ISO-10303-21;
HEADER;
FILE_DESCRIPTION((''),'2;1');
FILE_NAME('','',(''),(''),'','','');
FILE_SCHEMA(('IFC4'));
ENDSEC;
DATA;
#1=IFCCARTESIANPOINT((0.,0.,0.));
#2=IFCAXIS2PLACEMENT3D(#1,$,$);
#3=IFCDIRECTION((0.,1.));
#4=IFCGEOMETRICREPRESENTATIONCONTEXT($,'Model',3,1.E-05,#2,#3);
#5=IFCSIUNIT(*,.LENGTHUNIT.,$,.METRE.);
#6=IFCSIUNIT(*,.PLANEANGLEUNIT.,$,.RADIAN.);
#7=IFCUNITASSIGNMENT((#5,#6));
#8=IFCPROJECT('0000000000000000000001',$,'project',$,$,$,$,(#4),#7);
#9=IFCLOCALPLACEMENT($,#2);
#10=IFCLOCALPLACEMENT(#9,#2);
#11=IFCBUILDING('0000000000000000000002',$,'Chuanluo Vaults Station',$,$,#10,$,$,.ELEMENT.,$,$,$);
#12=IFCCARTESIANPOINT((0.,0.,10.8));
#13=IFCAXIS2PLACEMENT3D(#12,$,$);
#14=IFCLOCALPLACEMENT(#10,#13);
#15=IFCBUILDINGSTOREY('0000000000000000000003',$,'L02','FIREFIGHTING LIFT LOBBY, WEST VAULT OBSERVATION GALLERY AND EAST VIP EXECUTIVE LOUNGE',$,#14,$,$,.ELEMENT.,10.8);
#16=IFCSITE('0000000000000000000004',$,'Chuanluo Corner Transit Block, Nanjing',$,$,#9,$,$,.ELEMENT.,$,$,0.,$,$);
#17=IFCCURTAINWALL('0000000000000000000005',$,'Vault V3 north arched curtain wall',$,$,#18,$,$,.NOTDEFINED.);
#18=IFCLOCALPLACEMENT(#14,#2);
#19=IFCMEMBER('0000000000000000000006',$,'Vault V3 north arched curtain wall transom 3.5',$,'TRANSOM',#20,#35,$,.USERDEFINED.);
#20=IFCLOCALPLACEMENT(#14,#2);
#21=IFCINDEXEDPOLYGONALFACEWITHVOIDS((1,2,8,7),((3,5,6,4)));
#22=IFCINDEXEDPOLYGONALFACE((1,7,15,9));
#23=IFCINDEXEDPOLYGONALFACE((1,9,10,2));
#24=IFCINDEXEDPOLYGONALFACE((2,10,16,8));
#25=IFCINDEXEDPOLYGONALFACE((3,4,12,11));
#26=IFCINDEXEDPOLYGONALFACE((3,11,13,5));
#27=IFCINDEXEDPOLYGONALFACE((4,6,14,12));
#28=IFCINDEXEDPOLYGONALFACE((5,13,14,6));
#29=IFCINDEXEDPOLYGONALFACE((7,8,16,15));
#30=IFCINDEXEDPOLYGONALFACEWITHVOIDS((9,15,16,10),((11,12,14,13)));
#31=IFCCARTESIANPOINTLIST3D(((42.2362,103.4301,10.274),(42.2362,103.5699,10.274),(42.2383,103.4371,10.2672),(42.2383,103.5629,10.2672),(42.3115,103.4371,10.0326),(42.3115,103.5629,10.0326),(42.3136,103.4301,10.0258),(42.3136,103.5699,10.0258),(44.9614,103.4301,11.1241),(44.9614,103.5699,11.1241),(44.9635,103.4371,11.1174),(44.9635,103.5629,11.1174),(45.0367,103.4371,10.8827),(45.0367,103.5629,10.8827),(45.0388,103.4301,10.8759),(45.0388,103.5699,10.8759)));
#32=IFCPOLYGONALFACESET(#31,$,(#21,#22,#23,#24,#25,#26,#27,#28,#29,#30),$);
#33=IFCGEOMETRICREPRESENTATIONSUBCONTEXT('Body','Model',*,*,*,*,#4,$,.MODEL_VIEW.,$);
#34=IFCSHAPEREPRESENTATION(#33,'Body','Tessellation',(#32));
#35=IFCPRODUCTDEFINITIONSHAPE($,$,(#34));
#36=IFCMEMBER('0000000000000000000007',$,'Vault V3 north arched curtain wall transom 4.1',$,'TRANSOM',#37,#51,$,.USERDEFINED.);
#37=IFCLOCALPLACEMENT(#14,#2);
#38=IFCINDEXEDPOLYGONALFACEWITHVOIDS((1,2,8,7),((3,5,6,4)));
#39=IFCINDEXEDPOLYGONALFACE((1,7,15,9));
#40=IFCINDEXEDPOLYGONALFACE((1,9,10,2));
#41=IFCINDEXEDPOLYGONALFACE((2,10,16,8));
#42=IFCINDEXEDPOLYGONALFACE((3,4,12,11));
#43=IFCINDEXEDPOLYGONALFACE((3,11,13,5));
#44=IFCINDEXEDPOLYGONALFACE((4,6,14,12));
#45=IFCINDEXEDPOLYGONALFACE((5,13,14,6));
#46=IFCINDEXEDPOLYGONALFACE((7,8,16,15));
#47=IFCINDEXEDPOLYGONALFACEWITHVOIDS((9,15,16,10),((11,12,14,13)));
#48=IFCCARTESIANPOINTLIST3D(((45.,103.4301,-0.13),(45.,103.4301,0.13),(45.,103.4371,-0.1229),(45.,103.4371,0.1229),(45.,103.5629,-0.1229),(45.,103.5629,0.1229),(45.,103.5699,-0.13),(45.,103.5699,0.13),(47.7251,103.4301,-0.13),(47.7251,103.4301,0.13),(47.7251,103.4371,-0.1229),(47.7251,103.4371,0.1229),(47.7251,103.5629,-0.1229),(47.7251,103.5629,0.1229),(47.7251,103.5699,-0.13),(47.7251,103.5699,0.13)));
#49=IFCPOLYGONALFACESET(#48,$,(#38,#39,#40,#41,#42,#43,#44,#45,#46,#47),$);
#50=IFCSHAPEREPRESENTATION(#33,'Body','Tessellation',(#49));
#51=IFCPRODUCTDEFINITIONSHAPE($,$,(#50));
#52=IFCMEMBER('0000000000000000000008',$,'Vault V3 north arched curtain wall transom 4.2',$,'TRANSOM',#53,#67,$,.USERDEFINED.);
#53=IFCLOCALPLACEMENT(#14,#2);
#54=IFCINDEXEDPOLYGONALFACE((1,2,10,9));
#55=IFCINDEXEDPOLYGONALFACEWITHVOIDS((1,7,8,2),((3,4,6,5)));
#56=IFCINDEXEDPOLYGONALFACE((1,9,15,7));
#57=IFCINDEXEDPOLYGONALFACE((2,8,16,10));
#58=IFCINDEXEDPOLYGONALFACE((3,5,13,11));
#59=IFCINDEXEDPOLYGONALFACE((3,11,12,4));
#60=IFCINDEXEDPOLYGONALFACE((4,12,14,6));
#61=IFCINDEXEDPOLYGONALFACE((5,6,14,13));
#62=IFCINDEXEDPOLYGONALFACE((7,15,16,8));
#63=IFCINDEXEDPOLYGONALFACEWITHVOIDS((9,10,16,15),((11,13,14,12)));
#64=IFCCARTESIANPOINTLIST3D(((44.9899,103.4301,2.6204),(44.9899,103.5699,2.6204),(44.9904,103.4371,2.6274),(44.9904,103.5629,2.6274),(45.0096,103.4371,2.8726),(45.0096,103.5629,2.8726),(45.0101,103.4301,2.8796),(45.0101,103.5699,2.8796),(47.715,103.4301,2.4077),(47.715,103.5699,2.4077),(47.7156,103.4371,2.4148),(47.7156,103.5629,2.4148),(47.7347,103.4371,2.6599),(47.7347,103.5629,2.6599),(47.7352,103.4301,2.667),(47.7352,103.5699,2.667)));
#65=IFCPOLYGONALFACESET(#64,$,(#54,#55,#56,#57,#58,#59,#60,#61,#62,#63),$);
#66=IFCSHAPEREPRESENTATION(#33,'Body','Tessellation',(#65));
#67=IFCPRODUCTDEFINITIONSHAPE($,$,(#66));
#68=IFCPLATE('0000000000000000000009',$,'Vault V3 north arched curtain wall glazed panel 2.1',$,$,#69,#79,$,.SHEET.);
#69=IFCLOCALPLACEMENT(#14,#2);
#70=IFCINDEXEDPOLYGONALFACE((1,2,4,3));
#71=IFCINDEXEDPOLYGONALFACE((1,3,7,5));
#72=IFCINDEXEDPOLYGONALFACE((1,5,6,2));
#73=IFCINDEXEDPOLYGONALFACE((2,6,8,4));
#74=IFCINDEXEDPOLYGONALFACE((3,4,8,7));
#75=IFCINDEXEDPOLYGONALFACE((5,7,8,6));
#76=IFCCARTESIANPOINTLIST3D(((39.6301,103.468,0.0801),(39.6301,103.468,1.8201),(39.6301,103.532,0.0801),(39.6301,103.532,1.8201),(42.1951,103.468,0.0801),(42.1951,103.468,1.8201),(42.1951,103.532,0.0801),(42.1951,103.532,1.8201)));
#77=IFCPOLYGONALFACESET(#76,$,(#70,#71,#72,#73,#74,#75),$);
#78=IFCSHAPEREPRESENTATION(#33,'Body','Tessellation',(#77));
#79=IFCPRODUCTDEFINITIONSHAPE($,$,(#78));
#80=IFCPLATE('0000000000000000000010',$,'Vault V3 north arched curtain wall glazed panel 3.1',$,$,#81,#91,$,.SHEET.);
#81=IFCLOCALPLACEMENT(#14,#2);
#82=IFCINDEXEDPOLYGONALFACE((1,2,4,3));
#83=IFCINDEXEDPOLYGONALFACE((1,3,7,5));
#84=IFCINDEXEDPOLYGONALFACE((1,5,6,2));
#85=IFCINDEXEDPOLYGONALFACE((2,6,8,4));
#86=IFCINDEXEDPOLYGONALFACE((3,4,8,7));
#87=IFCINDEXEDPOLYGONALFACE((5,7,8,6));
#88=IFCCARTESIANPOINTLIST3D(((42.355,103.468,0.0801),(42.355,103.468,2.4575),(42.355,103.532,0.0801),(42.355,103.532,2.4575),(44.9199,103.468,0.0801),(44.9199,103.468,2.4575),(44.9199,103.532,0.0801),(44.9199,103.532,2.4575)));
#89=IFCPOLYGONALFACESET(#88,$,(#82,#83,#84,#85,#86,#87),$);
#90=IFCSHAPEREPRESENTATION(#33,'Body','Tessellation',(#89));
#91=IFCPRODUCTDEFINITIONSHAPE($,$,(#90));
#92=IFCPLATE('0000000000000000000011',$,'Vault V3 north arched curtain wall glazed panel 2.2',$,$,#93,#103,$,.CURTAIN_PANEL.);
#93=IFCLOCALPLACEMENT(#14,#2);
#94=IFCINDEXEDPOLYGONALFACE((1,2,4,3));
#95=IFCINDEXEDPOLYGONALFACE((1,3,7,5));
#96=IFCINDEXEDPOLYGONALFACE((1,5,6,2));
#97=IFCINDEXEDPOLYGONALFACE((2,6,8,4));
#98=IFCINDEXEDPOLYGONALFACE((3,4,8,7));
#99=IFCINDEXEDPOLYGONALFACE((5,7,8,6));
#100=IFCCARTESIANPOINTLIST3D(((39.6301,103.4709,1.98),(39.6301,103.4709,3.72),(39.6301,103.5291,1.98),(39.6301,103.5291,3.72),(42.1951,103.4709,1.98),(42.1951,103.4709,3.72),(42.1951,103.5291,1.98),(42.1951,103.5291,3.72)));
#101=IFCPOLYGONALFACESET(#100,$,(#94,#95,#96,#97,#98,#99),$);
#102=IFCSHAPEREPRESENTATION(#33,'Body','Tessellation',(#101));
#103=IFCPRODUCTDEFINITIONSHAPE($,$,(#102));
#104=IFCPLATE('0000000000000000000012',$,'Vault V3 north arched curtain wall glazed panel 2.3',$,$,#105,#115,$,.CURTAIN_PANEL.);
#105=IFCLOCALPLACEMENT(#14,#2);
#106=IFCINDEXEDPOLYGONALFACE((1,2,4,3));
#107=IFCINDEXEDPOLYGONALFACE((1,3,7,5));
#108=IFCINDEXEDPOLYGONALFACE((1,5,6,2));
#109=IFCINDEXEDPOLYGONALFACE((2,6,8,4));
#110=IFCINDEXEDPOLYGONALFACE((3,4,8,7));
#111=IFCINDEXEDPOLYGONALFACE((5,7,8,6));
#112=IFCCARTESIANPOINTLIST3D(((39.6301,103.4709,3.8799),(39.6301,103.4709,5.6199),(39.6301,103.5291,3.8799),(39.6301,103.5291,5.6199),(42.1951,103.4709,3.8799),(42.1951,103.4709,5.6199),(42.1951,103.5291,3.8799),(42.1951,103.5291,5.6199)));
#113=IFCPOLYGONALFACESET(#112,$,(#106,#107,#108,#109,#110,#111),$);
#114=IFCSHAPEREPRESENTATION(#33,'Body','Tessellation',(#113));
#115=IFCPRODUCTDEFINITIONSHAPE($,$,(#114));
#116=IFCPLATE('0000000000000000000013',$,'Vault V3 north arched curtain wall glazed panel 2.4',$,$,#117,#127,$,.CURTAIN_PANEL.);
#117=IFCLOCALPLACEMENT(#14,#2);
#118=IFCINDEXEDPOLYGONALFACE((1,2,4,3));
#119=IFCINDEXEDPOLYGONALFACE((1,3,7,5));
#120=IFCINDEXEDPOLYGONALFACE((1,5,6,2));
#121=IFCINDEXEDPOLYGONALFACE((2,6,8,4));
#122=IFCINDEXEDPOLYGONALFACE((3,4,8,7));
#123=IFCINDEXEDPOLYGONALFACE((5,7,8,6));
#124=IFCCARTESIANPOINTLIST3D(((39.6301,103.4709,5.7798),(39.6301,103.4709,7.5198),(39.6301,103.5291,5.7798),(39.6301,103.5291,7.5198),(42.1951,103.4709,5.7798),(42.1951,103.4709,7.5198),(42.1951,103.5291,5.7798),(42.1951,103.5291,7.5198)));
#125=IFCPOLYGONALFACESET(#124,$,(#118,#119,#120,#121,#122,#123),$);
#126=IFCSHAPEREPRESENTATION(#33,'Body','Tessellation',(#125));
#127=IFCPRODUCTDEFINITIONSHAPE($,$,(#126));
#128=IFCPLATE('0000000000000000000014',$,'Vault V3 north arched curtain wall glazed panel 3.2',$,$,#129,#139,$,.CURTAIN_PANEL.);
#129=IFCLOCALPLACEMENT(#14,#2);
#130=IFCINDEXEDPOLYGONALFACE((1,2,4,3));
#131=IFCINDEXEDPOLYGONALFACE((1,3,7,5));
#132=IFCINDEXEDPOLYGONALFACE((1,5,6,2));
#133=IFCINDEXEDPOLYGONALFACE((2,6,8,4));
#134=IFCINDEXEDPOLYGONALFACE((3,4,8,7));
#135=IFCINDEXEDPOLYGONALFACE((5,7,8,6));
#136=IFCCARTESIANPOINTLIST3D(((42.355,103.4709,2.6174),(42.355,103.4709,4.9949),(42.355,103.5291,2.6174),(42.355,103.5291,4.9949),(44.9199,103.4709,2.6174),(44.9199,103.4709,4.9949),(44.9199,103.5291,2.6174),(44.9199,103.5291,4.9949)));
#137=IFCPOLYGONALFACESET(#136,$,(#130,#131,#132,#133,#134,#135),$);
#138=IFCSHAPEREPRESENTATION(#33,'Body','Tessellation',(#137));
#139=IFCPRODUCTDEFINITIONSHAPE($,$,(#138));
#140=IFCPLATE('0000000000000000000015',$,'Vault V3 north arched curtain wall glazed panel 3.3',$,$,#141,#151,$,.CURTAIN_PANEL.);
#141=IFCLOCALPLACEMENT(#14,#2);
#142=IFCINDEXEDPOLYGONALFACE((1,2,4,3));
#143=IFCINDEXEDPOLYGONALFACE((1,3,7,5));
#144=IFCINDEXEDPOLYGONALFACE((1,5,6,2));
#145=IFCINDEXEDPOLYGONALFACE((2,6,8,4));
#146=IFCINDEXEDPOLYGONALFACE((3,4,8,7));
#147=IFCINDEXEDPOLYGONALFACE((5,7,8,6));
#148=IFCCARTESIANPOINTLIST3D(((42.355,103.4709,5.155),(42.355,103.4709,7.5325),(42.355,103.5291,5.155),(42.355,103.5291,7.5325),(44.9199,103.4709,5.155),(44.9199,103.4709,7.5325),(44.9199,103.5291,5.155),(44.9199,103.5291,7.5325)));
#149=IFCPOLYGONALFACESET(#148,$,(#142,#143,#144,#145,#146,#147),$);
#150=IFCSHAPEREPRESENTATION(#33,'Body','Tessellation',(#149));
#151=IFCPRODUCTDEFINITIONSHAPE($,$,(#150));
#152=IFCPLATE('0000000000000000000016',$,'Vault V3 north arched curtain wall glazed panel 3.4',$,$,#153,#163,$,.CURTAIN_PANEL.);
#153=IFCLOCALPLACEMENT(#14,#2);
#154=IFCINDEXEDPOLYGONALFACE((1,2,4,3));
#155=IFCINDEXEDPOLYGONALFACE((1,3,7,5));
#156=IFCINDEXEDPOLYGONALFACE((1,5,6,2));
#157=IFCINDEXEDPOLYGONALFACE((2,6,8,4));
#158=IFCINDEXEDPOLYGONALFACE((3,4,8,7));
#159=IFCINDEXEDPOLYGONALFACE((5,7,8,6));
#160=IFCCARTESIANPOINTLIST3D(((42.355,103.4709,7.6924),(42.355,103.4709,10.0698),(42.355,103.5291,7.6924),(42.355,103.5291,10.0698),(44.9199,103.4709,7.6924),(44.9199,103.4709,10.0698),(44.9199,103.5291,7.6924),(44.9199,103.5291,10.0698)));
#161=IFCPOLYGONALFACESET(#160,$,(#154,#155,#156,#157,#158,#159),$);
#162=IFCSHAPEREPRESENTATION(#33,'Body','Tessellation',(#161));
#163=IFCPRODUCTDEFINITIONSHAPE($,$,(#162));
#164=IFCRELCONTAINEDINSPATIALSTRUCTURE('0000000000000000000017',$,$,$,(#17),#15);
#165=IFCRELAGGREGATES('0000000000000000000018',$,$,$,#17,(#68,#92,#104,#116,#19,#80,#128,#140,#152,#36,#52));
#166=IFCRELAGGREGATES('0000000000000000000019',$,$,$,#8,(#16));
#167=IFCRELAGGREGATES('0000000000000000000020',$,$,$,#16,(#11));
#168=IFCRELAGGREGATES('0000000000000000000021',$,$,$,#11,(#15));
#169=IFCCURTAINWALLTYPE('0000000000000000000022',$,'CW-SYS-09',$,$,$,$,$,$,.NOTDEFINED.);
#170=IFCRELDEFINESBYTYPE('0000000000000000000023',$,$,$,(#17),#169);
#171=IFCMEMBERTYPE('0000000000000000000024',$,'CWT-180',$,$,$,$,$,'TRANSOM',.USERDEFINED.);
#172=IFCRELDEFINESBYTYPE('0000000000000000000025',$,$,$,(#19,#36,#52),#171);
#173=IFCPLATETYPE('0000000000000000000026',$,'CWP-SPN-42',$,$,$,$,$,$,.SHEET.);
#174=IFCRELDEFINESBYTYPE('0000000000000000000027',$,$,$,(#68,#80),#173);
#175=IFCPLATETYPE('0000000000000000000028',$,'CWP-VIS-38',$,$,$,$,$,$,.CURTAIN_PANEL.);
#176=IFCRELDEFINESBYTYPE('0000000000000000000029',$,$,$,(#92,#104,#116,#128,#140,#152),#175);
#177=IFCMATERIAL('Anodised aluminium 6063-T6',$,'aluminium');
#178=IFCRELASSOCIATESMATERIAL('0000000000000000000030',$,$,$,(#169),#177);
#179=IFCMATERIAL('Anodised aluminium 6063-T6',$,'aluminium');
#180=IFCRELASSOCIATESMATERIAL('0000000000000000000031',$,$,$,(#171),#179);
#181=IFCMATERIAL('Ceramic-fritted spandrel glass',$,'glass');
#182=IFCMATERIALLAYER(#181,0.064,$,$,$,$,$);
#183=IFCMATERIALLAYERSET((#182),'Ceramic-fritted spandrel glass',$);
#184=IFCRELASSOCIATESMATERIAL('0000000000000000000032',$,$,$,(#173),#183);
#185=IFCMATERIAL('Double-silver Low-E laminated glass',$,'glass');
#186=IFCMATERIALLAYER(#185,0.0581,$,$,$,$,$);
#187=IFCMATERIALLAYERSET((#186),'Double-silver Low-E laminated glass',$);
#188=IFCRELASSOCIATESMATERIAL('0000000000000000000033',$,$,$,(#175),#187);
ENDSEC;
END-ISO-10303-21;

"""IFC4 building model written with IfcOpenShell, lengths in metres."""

from ifc_helpers import new_model, si_unit, direction, frame, origin, origin_2d, place, context, subcontext, project, spatial, rectangle, hollow_rectangle, extrude, material, layer, layer_set, material_profile, profile_set, type_object, element, aggregate, save


model = new_model("IFC4")

# Units and contexts
model_context = context("Model", 3, precision=1e-05, world=origin(), true_north=direction((0.0, 1.0)))
body_context = subcontext(model_context, "Body", "Model", "MODEL_VIEW")
ifc_project = project(units=[si_unit("LENGTHUNIT", "METRE"), si_unit("PLANEANGLEUNIT", "RADIAN")], contexts=[model_context])

# Site, building, storey
site_placement = place(None, origin())
site = spatial("IfcSite", under=ifc_project, at=site_placement, Name="Chuanluo Corner Transit Block, Nanjing", CompositionType="ELEMENT", RefElevation=0.0)
building_placement = place(site_placement, origin())
building = spatial("IfcBuilding", under=site, at=building_placement, Name="Chuanluo Vaults Station", CompositionType="ELEMENT")
storey_placement = place(building_placement, frame((0.0, 0.0, 10.8)))
storey = spatial("IfcBuildingStorey", under=building, at=storey_placement, Name="L02", Description="FIREFIGHTING LIFT LOBBY, WEST VAULT OBSERVATION GALLERY AND EAST VIP EXECUTIVE LOUNGE", CompositionType="ELEMENT", Elevation=10.8)

# Curtain wall, members, plates
ifc_material_1 = material(Name="Anodised aluminium 6063-T6", Category="aluminium")
curtain_wall_type = type_object("IfcCurtainWallType", Name="CW-SYS-09", PredefinedType="NOTDEFINED", material=ifc_material_1)
curtain_wall_placement = place(storey_placement, origin())
curtain_wall = element("IfcCurtainWall", 1, at=curtain_wall_placement, inside=storey, type_object=curtain_wall_type, Name="Vault V3 north arched curtain wall", PredefinedType="NOTDEFINED")
ifc_material_2 = material(Name="Anodised aluminium 6063-T6", Category="aluminium")
ifc_material_profile_1 = material_profile(ifc_material_2, hollow_rectangle(XDim=0.1399, YDim=0.26, WallThickness=0.0071, at=origin_2d()))
ifc_profile_set_1 = profile_set([ifc_material_profile_1], Name="Anodised aluminium 6063-T6")
member_type_1 = type_object("IfcMemberType", Name="CWT-180", ElementType="TRANSOM", PredefinedType="USERDEFINED", material=ifc_profile_set_1)
member_1_placement = place(storey_placement, frame((42.2749, 103.5, 10.1499), z_axis=(0.954629, 0.0, 0.297798), x_axis=(0.0, 1.0, 0.0)))
member_1 = element("IfcMember", 2, at=member_1_placement, type_object=member_type_1, Name="Vault V3 north arched curtain wall transom 3.5", ObjectType="TRANSOM", PredefinedType="USERDEFINED", context=body_context, shape_type="SweptSolid", body=[
    extrude(hollow_rectangle(XDim=0.1399, YDim=0.26, WallThickness=0.0071, at=origin_2d()), origin(), (0.0, 0.0, 1.0), 2.8547),
])
member_2_placement = place(storey_placement, frame((45.0, 103.5, 0.0), z_axis=(1.0, 0.0, 0.0), x_axis=(0.0, 1.0, 0.0)))
member_2 = element("IfcMember", 3, at=member_2_placement, type_object=member_type_1, Name="Vault V3 north arched curtain wall transom 4.1", ObjectType="TRANSOM", PredefinedType="USERDEFINED", context=body_context, shape_type="SweptSolid", body=[
    extrude(hollow_rectangle(XDim=0.1399, YDim=0.26, WallThickness=0.0071, at=origin_2d()), origin(), (0.0, 0.0, 1.0), 2.7251),
])
member_3_placement = place(storey_placement, frame((45.0, 103.5, 2.75), z_axis=(0.996969, 0.0, -0.077796), x_axis=(0.0, 1.0, 0.0)))
member_3 = element("IfcMember", 4, at=member_3_placement, type_object=member_type_1, Name="Vault V3 north arched curtain wall transom 4.2", ObjectType="TRANSOM", PredefinedType="USERDEFINED", context=body_context, shape_type="SweptSolid", body=[
    extrude(hollow_rectangle(XDim=0.1399, YDim=0.26, WallThickness=0.0071, at=origin_2d()), origin(), (0.0, 0.0, 1.0), 2.7334),
])
ifc_material_3 = material(Name="Ceramic-fritted spandrel glass", Category="glass")
ifc_layer_1 = layer(ifc_material_3, 0.064)
ifc_layer_set_1 = layer_set([ifc_layer_1], Name="Ceramic-fritted spandrel glass")
plate_type_1 = type_object("IfcPlateType", Name="CWP-SPN-42", PredefinedType="SHEET", material=ifc_layer_set_1)
plate_1_placement = place(storey_placement, frame((40.9126, 103.5, 0.0801), z_axis=(0.0, 0.0, 1.0), x_axis=(1.0, 0.0, 0.0)))
plate_1 = element("IfcPlate", 5, at=plate_1_placement, type_object=plate_type_1, Name="Vault V3 north arched curtain wall glazed panel 2.1", PredefinedType="SHEET", context=body_context, shape_type="SweptSolid", body=[
    extrude(rectangle(XDim=2.5649, YDim=0.064, at=origin_2d()), origin(), (0.0, 0.0, 1.0), 1.74),
])
plate_2_placement = place(storey_placement, frame((43.6375, 103.5, 0.0801), z_axis=(0.0, 0.0, 1.0), x_axis=(1.0, 0.0, 0.0)))
plate_2 = element("IfcPlate", 6, at=plate_2_placement, type_object=plate_type_1, Name="Vault V3 north arched curtain wall glazed panel 3.1", PredefinedType="SHEET", context=body_context, shape_type="SweptSolid", body=[
    extrude(rectangle(XDim=2.5649, YDim=0.064, at=origin_2d()), origin(), (0.0, 0.0, 1.0), 2.3774),
])
ifc_material_4 = material(Name="Double-silver Low-E laminated glass", Category="glass")
ifc_layer_2 = layer(ifc_material_4, 0.0581)
ifc_layer_set_2 = layer_set([ifc_layer_2], Name="Double-silver Low-E laminated glass")
plate_type_2 = type_object("IfcPlateType", Name="CWP-VIS-38", PredefinedType="CURTAIN_PANEL", material=ifc_layer_set_2)
plate_3_placement = place(storey_placement, frame((40.9126, 103.5, 1.98), z_axis=(0.0, 0.0, 1.0), x_axis=(1.0, 0.0, 0.0)))
plate_3 = element("IfcPlate", 7, at=plate_3_placement, type_object=plate_type_2, Name="Vault V3 north arched curtain wall glazed panel 2.2", PredefinedType="CURTAIN_PANEL", context=body_context, shape_type="SweptSolid", body=[
    extrude(rectangle(XDim=2.5649, YDim=0.0581, at=origin_2d()), origin(), (0.0, 0.0, 1.0), 1.74),
])
plate_4_placement = place(storey_placement, frame((40.9126, 103.5, 3.8799), z_axis=(0.0, 0.0, 1.0), x_axis=(1.0, 0.0, 0.0)))
plate_4 = element("IfcPlate", 8, at=plate_4_placement, type_object=plate_type_2, Name="Vault V3 north arched curtain wall glazed panel 2.3", PredefinedType="CURTAIN_PANEL", context=body_context, shape_type="SweptSolid", body=[
    extrude(rectangle(XDim=2.5649, YDim=0.0581, at=origin_2d()), origin(), (0.0, 0.0, 1.0), 1.74),
])
plate_5_placement = place(storey_placement, frame((40.9126, 103.5, 5.7798), z_axis=(0.0, 0.0, 1.0), x_axis=(1.0, 0.0, 0.0)))
plate_5 = element("IfcPlate", 9, at=plate_5_placement, type_object=plate_type_2, Name="Vault V3 north arched curtain wall glazed panel 2.4", PredefinedType="CURTAIN_PANEL", context=body_context, shape_type="SweptSolid", body=[
    extrude(rectangle(XDim=2.5649, YDim=0.0581, at=origin_2d()), origin(), (0.0, 0.0, 1.0), 1.74),
])
plate_6_placement = place(storey_placement, frame((43.6375, 103.5, 2.6174), z_axis=(0.0, 0.0, 1.0), x_axis=(1.0, 0.0, 0.0)))
plate_6 = element("IfcPlate", 10, at=plate_6_placement, type_object=plate_type_2, Name="Vault V3 north arched curtain wall glazed panel 3.2", PredefinedType="CURTAIN_PANEL", context=body_context, shape_type="SweptSolid", body=[
    extrude(rectangle(XDim=2.5649, YDim=0.0581, at=origin_2d()), origin(), (0.0, 0.0, 1.0), 2.3774),
])
plate_7_placement = place(storey_placement, frame((43.6375, 103.5, 5.155), z_axis=(0.0, 0.0, 1.0), x_axis=(1.0, 0.0, 0.0)))
plate_7 = element("IfcPlate", 11, at=plate_7_placement, type_object=plate_type_2, Name="Vault V3 north arched curtain wall glazed panel 3.3", PredefinedType="CURTAIN_PANEL", context=body_context, shape_type="SweptSolid", body=[
    extrude(rectangle(XDim=2.5649, YDim=0.0581, at=origin_2d()), origin(), (0.0, 0.0, 1.0), 2.3774),
])
plate_8_placement = place(storey_placement, frame((43.6375, 103.5, 7.6924), z_axis=(0.0, 0.0, 1.0), x_axis=(1.0, 0.0, 0.0)))
plate_8 = element("IfcPlate", 12, at=plate_8_placement, type_object=plate_type_2, Name="Vault V3 north arched curtain wall glazed panel 3.4", PredefinedType="CURTAIN_PANEL", context=body_context, shape_type="SweptSolid", body=[
    extrude(rectangle(XDim=2.5649, YDim=0.0581, at=origin_2d()), origin(), (0.0, 0.0, 1.0), 2.3774),
])
aggregate(curtain_wall, [plate_1, plate_3, plate_4, plate_5, member_1, plate_2, plate_6, plate_7, plate_8, member_2, member_3])

save(model, "model.ifc")
